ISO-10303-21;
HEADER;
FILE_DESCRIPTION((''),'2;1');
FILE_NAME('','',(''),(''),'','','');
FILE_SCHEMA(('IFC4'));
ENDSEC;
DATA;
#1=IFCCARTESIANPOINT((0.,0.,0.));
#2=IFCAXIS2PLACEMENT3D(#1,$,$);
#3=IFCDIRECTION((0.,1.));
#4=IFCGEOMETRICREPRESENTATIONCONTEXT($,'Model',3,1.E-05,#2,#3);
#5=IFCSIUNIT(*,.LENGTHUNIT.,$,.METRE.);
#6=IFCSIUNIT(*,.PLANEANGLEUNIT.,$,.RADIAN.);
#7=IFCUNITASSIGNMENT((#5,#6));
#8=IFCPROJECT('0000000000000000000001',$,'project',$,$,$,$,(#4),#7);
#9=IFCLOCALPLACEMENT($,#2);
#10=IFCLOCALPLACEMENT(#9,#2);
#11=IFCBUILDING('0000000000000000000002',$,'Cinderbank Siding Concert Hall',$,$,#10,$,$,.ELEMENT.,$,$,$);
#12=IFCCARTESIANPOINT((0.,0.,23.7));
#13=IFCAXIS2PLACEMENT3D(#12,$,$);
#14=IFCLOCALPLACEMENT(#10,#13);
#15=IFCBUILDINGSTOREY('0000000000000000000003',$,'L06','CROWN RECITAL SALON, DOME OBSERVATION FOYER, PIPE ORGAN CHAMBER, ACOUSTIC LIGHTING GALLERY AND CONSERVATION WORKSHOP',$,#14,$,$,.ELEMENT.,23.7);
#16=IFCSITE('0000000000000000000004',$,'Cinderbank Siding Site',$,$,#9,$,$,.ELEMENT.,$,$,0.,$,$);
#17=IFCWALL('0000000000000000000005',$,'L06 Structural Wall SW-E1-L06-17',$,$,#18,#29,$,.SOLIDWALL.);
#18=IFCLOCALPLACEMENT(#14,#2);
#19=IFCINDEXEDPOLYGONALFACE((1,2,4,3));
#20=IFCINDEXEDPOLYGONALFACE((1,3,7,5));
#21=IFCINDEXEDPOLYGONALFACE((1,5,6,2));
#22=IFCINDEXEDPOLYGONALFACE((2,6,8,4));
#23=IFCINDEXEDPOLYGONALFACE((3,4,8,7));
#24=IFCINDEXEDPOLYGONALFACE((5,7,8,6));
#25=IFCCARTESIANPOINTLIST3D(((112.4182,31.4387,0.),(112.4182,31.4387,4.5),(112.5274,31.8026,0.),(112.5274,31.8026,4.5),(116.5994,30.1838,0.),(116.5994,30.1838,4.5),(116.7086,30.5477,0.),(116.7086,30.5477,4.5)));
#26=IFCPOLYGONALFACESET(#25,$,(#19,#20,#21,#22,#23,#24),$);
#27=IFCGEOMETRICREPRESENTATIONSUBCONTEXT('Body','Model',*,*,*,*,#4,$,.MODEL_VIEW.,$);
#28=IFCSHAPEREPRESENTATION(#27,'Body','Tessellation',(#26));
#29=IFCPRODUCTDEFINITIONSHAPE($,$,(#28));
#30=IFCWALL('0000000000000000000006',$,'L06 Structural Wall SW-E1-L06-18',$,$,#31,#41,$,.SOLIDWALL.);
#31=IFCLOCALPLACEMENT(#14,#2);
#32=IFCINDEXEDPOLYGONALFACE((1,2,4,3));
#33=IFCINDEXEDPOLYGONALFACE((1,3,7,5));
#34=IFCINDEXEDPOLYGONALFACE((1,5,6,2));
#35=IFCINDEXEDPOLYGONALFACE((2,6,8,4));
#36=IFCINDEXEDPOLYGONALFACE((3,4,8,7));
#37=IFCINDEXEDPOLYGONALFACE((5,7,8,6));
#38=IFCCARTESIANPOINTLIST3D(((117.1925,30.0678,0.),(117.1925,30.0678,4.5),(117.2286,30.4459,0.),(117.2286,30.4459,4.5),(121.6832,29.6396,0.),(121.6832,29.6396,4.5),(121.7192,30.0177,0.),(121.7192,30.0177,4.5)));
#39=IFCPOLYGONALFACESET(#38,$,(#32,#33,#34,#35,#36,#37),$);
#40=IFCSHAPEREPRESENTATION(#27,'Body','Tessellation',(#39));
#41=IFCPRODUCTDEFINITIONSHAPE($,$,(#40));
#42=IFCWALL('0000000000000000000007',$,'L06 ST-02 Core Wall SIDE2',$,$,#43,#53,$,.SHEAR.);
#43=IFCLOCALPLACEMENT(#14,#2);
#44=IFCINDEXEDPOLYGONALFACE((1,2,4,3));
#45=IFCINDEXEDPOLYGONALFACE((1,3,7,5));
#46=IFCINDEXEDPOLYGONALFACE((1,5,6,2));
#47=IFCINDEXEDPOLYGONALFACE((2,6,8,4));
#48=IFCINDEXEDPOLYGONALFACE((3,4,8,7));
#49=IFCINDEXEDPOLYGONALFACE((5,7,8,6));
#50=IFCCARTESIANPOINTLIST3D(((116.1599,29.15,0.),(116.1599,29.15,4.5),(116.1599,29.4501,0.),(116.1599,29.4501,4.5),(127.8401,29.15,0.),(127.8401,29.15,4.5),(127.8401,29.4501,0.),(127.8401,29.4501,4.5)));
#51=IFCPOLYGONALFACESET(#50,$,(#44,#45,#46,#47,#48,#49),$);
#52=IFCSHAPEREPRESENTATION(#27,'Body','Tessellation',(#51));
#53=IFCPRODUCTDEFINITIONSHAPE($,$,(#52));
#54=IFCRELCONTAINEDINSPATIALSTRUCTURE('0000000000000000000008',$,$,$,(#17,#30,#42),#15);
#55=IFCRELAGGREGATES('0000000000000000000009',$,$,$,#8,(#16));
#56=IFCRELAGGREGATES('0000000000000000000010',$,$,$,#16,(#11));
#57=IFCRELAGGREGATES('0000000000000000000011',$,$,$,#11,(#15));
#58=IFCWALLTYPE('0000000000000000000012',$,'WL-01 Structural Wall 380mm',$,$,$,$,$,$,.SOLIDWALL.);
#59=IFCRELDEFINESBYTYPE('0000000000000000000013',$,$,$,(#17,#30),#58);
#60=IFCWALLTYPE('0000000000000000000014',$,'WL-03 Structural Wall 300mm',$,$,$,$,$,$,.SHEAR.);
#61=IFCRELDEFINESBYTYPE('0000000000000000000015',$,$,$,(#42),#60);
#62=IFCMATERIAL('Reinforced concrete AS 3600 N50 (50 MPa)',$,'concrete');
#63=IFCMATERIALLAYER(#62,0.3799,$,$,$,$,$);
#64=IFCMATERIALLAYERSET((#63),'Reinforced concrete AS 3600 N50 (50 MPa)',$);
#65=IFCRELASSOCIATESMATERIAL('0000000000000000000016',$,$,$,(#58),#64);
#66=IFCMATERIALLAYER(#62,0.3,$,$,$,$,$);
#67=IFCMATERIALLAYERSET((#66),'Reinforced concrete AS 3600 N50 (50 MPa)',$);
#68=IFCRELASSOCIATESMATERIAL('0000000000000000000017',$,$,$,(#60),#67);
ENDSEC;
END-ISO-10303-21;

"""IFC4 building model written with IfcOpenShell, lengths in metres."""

from ifc_helpers import new_model, si_unit, direction, frame, frame_2d, origin, place, context, subcontext, project, spatial, rectangle, extrude, material, layer, layer_set, type_object, element, save


model = new_model("IFC4")

# Units and contexts
model_context = context("Model", 3, precision=1e-05, world=origin(), true_north=direction((0.0, 1.0)))
body_context = subcontext(model_context, "Body", "Model", "MODEL_VIEW")
ifc_project = project(units=[si_unit("LENGTHUNIT", "METRE"), si_unit("PLANEANGLEUNIT", "RADIAN")], contexts=[model_context])

# Site, building, storey
site_placement = place(None, origin())
site = spatial("IfcSite", under=ifc_project, at=site_placement, Name="Cinderbank Siding Site", CompositionType="ELEMENT", RefElevation=0.0)
building_placement = place(site_placement, origin())
building = spatial("IfcBuilding", under=site, at=building_placement, Name="Cinderbank Siding Concert Hall", CompositionType="ELEMENT")
storey_placement = place(building_placement, frame((0.0, 0.0, 23.7)))
storey = spatial("IfcBuildingStorey", under=building, at=storey_placement, Name="L06", Description="CROWN RECITAL SALON, DOME OBSERVATION FOYER, PIPE ORGAN CHAMBER, ACOUSTIC LIGHTING GALLERY AND CONSERVATION WORKSHOP", CompositionType="ELEMENT", Elevation=23.7)

# Shared definitions
ifc_material_1 = material(Name="Reinforced concrete AS 3600 N50 (50 MPa)", Category="concrete")

# Walls
ifc_layer_1 = layer(ifc_material_1, 0.3799)
ifc_layer_set_1 = layer_set([ifc_layer_1], Name="Reinforced concrete AS 3600 N50 (50 MPa)")
wall_type_1 = type_object("IfcWallType", Name="WL-01 Structural Wall 380mm", PredefinedType="SOLIDWALL", material=ifc_layer_set_1)
wall_1_placement = place(storey_placement, frame((112.4729, 31.6206, 0.0), z_axis=(0.0, 0.0, 1.0), x_axis=(0.957792, -0.287461, 0.0)))
element("IfcWall", 1, at=wall_1_placement, inside=storey, type_object=wall_type_1, Name="L06 Structural Wall SW-E1-L06-17", PredefinedType="SOLIDWALL", context=body_context, shape_type="SweptSolid", body=[
    extrude(rectangle(XDim=4.3655, YDim=0.3799, at=frame_2d((2.1826, 0.0))), origin(), (0.0, 0.0, 1.0), 4.5),
])
wall_2_placement = place(storey_placement, frame((117.2107, 30.2568, 0.0), z_axis=(0.0, 0.0, 1.0), x_axis=(0.995484, -0.094927, 0.0)))
element("IfcWall", 2, at=wall_2_placement, inside=storey, type_object=wall_type_1, Name="L06 Structural Wall SW-E1-L06-18", PredefinedType="SOLIDWALL", context=body_context, shape_type="SweptSolid", body=[
    extrude(rectangle(XDim=4.511, YDim=0.3799, at=frame_2d((2.2554, 0.0))), origin(), (0.0, 0.0, 1.0), 4.5),
])
ifc_layer_2 = layer(ifc_material_1, 0.3)
ifc_layer_set_2 = layer_set([ifc_layer_2], Name="Reinforced concrete AS 3600 N50 (50 MPa)")
wall_type_2 = type_object("IfcWallType", Name="WL-03 Structural Wall 300mm", PredefinedType="SHEAR", material=ifc_layer_set_2)
wall_3_placement = place(storey_placement, frame((116.1599, 29.3, 0.0), z_axis=(0.0, 0.0, 1.0), x_axis=(1.0, 0.0, 0.0)))
element("IfcWall", 3, at=wall_3_placement, inside=storey, type_object=wall_type_2, Name="L06 ST-02 Core Wall SIDE2", PredefinedType="SHEAR", context=body_context, shape_type="SweptSolid", body=[
    extrude(rectangle(XDim=11.6802, YDim=0.3, at=frame_2d((5.8401, 0.0))), origin(), (0.0, 0.0, 1.0), 4.5),
])

save(model, "model.ifc")
